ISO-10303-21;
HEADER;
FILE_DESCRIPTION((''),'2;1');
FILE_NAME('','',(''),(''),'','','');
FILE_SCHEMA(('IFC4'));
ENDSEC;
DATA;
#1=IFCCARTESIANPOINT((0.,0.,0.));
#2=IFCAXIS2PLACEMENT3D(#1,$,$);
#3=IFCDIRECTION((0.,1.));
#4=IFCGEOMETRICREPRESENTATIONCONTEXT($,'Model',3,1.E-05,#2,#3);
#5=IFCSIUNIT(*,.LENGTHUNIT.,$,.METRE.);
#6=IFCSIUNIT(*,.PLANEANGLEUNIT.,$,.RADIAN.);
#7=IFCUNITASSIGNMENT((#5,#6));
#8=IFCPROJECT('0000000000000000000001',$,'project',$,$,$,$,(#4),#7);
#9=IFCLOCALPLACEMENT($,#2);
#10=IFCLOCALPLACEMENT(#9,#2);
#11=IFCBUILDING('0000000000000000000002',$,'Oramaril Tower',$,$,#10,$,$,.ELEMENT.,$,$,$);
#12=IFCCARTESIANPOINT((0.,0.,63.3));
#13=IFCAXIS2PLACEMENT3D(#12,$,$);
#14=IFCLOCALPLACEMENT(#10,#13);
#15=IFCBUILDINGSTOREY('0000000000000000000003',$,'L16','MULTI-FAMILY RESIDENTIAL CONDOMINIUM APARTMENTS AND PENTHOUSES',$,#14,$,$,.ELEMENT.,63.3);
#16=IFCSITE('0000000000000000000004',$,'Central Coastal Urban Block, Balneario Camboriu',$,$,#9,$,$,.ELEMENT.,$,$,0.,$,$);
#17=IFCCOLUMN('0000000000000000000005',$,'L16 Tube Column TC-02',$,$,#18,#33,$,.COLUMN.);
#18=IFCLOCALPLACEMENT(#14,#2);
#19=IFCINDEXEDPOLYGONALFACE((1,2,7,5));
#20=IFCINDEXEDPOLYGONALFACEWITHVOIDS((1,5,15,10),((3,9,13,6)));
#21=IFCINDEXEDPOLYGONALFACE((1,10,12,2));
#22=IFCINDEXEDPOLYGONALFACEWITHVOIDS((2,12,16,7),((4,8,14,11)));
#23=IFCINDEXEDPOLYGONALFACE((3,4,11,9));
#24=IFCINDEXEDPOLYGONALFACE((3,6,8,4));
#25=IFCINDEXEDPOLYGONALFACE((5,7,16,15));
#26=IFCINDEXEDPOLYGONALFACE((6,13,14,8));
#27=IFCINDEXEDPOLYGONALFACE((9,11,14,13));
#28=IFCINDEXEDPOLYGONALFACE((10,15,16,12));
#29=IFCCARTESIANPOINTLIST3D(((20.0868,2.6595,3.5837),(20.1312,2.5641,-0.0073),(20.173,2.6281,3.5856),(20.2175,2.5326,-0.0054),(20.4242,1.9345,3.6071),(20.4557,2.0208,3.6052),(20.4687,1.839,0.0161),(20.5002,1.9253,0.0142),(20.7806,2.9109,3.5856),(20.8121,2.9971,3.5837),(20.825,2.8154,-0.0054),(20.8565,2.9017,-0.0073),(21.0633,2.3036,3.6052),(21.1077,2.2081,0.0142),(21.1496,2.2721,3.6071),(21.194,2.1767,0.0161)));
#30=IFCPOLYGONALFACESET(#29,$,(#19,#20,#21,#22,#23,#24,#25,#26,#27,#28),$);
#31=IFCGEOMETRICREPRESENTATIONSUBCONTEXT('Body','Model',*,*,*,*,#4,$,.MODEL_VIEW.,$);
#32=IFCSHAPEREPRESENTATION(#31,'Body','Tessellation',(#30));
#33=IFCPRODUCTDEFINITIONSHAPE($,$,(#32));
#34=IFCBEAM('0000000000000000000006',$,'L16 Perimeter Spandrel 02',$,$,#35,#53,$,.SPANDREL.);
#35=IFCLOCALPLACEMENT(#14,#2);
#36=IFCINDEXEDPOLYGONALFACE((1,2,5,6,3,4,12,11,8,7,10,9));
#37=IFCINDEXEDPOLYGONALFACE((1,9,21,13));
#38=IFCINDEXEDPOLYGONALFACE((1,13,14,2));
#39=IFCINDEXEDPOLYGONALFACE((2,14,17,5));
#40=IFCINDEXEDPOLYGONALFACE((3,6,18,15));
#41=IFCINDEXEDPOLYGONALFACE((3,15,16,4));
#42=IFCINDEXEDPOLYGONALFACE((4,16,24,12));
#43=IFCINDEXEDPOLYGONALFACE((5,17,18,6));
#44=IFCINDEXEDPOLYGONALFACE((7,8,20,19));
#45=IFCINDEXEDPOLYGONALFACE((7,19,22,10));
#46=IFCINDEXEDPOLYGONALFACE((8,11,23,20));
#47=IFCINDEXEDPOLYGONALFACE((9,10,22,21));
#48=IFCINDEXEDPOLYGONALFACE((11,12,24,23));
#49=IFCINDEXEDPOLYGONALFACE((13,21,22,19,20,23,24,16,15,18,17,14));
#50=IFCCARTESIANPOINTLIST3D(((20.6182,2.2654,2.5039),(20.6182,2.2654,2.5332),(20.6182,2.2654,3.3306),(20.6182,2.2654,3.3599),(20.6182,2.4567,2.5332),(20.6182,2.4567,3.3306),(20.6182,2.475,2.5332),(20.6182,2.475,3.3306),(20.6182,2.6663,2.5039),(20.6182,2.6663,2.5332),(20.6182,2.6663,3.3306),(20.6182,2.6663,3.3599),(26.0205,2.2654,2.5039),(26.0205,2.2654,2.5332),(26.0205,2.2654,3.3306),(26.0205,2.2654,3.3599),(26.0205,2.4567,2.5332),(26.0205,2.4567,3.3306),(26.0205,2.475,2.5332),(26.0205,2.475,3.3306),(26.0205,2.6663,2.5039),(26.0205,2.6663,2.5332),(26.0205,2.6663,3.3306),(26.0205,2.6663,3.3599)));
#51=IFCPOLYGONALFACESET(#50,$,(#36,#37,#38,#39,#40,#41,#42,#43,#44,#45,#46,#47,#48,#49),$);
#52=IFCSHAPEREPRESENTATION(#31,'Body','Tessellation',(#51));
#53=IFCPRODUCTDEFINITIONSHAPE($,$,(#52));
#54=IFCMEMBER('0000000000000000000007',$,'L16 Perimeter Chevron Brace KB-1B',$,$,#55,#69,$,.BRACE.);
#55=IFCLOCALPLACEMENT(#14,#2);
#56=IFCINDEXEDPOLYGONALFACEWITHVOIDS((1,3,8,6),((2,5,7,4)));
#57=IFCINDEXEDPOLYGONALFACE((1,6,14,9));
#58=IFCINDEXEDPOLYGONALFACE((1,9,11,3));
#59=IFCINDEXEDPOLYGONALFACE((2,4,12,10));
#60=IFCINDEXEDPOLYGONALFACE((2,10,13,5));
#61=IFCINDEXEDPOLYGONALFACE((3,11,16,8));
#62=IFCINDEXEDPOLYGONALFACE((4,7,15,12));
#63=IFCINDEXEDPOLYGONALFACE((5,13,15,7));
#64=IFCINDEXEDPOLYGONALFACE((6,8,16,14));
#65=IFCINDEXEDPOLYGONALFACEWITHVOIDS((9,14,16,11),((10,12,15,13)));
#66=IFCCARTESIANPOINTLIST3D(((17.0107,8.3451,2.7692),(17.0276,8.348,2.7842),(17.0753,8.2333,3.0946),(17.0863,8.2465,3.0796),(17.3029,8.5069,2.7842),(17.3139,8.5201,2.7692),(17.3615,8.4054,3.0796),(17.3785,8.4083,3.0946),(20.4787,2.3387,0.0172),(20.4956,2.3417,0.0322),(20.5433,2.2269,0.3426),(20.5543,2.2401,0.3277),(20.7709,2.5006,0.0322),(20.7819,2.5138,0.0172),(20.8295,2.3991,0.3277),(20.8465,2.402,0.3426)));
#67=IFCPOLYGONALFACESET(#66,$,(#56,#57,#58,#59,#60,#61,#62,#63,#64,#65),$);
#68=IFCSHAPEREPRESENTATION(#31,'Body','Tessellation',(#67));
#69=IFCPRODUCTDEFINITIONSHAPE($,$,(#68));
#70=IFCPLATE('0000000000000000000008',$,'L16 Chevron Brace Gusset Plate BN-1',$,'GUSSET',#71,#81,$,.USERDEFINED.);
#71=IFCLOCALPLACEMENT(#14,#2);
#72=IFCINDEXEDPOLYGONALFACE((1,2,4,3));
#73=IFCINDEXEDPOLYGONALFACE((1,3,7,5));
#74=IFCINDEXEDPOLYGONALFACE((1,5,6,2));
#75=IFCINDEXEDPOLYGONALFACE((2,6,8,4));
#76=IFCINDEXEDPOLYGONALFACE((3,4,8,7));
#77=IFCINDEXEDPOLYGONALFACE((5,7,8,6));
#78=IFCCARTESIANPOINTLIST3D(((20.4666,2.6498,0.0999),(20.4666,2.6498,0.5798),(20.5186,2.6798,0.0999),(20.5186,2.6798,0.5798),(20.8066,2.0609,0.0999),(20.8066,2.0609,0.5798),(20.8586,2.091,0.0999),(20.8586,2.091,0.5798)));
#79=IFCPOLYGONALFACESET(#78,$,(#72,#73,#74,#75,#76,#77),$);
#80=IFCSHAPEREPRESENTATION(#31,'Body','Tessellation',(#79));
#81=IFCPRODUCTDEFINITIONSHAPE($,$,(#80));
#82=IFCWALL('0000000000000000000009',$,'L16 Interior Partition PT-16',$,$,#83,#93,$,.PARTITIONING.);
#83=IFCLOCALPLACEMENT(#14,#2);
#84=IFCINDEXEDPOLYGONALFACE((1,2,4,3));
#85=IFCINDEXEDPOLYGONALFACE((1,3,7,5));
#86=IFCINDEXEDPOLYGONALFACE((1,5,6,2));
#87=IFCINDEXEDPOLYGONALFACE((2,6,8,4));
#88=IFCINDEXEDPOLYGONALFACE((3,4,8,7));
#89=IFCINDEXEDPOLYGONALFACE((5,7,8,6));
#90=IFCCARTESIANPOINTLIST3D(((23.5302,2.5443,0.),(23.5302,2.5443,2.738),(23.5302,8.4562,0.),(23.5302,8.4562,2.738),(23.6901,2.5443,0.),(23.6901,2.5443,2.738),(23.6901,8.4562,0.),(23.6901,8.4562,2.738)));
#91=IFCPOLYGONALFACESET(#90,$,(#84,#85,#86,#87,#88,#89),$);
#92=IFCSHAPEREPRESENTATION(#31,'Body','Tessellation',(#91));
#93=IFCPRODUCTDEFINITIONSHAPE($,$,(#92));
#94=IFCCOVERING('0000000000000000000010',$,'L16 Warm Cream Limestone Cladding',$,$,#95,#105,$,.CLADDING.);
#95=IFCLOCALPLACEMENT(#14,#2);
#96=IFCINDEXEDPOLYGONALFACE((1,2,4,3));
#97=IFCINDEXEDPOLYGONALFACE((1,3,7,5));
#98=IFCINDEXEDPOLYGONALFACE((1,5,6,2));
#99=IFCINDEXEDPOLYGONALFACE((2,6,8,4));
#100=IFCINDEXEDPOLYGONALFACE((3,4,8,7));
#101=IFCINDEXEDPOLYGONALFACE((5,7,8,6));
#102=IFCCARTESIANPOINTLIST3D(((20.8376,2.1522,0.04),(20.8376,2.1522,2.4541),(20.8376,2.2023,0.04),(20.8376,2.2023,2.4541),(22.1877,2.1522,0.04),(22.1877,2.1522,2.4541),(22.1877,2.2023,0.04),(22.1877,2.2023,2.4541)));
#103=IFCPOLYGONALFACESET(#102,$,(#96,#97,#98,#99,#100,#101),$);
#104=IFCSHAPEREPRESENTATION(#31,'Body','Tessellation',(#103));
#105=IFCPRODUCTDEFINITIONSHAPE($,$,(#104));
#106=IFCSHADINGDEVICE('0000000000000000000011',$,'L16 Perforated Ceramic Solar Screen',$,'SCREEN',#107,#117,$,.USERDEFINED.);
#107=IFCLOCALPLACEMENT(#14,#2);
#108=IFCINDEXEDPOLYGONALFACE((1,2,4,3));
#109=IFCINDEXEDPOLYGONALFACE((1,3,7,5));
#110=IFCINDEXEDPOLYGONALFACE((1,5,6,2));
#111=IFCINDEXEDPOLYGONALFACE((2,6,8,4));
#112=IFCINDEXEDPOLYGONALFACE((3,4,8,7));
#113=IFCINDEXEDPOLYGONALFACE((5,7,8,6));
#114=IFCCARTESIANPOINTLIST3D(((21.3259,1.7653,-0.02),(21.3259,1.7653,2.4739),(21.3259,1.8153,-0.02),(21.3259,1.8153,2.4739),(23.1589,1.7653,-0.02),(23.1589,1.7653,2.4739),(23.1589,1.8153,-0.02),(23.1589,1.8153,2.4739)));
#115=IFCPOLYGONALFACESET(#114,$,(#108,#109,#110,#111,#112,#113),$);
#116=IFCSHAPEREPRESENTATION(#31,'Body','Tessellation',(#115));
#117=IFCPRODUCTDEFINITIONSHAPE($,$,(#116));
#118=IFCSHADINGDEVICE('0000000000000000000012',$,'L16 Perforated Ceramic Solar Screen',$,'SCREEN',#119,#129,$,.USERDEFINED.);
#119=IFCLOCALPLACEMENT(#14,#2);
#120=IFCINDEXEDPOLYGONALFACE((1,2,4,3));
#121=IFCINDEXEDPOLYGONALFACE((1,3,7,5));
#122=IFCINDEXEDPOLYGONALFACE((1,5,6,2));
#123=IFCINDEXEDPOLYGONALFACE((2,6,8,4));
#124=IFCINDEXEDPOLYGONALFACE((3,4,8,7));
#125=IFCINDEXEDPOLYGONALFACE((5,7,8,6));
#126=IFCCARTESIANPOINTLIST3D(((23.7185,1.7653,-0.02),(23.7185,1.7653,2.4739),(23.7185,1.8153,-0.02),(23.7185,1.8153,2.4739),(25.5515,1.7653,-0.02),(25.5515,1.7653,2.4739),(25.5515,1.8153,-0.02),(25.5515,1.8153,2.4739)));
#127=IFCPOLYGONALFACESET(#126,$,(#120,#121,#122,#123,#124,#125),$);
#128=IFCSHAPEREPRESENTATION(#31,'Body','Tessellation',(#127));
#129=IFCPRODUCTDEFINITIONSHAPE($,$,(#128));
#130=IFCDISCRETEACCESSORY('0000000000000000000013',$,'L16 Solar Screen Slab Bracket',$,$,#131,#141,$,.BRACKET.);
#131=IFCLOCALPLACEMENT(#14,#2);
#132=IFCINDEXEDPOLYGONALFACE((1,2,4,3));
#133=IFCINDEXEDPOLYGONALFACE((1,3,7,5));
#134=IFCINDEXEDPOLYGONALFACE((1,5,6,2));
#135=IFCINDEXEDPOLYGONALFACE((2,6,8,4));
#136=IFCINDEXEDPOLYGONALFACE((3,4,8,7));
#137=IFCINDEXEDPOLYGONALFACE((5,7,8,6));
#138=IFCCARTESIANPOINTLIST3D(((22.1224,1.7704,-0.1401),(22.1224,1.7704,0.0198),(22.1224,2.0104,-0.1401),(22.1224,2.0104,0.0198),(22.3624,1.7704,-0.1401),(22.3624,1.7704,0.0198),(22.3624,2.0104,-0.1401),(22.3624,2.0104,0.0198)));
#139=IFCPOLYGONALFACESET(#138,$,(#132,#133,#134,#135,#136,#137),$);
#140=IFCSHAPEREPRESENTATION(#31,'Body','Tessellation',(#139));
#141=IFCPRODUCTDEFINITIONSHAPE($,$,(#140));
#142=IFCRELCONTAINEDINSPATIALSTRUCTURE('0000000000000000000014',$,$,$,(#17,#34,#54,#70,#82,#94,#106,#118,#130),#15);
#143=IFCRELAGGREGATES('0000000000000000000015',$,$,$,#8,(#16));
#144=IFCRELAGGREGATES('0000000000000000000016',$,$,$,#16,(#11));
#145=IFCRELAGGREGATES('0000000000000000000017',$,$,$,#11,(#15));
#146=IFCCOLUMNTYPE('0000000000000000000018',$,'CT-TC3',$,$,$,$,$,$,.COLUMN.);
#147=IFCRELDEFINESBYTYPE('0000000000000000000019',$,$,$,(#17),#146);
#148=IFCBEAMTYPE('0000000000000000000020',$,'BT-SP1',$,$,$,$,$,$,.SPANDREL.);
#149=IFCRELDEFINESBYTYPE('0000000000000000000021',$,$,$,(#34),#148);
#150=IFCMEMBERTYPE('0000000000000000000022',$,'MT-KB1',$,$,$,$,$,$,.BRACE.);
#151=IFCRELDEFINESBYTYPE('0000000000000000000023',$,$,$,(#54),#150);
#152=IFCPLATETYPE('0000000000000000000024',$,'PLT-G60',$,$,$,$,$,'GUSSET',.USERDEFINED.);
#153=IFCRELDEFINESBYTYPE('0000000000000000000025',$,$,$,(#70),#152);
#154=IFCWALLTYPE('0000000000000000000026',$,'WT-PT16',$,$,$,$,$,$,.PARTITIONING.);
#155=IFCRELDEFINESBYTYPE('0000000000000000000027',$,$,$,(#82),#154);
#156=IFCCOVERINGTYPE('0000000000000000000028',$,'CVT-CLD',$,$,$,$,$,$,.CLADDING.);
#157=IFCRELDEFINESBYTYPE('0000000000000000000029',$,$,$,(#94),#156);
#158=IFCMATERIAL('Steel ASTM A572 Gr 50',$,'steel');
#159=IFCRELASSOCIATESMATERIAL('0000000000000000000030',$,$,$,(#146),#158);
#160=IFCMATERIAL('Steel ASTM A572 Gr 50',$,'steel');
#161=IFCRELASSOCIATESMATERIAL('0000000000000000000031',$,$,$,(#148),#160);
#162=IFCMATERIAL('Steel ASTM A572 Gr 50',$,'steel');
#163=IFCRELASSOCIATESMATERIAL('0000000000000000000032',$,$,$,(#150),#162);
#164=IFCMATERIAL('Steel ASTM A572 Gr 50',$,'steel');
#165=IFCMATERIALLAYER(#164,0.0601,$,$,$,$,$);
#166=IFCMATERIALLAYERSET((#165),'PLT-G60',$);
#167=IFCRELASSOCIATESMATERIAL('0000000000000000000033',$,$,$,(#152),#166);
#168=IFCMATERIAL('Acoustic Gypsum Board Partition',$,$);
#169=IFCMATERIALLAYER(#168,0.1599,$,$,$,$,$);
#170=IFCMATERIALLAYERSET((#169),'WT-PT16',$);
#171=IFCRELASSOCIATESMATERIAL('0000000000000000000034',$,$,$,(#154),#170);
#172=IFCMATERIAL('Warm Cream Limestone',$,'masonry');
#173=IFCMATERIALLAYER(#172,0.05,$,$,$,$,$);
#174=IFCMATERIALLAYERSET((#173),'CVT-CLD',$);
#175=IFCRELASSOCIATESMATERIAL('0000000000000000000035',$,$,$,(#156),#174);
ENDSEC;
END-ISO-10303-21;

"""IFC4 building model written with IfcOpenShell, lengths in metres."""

from ifc_helpers import new_model, si_unit, direction, frame, frame_2d, origin, origin_2d, place, context, subcontext, project, spatial, rectangle, hollow_rectangle, i_section, extrude, material, layer, layer_set, material_profile, profile_set, type_object, element, save


model = new_model("IFC4")

# Units and contexts
model_context = context("Model", 3, precision=1e-05, world=origin(), true_north=direction((0.0, 1.0)))
body_context = subcontext(model_context, "Body", "Model", "MODEL_VIEW")
ifc_project = project(units=[si_unit("LENGTHUNIT", "METRE"), si_unit("PLANEANGLEUNIT", "RADIAN")], contexts=[model_context])

# Site, building, storey
site_placement = place(None, origin())
site = spatial("IfcSite", under=ifc_project, at=site_placement, Name="Central Coastal Urban Block, Balneario Camboriu", CompositionType="ELEMENT", RefElevation=0.0)
building_placement = place(site_placement, origin())
building = spatial("IfcBuilding", under=site, at=building_placement, Name="Oramaril Tower", CompositionType="ELEMENT")
storey_placement = place(building_placement, frame((0.0, 0.0, 63.3)))
storey = spatial("IfcBuildingStorey", under=building, at=storey_placement, Name="L16", Description="MULTI-FAMILY RESIDENTIAL CONDOMINIUM APARTMENTS AND PENTHOUSES", CompositionType="ELEMENT", Elevation=63.3)

# Column
ifc_material_1 = material(Name="Steel ASTM A572 Gr 50", Category="steel")
ifc_material_profile_1 = material_profile(ifc_material_1, hollow_rectangle(XDim=0.8, YDim=0.8, WallThickness=0.0649, at=origin_2d()), Name="BOX800X800X65")
ifc_profile_set_1 = profile_set([ifc_material_profile_1], Name="Steel ASTM A572 Gr 50")
column_type = type_object("IfcColumnType", Name="CT-TC3", PredefinedType="COLUMN", material=ifc_profile_set_1)
column_placement = place(storey_placement, frame((20.6626, 2.3704, 0.0044), z_axis=(-0.012368, 0.026571, 0.99957), x_axis=(-0.906597, -0.421997, 0.0)))
element("IfcColumn", 1, at=column_placement, inside=storey, type_object=column_type, Name="L16 Tube Column TC-02", PredefinedType="COLUMN", context=body_context, shape_type="SweptSolid", body=[
    extrude(hollow_rectangle(XDim=0.8, YDim=0.8, WallThickness=0.0649, at=origin_2d()), origin(), (0.0, 0.0, 1.0), 3.5925),
])

# Beam
ifc_material_2 = material(Name="Steel ASTM A572 Gr 50", Category="steel")
ifc_material_profile_2 = material_profile(ifc_material_2, i_section(OverallWidth=0.4009, OverallDepth=0.856, WebThickness=0.0183, FlangeThickness=0.0293, at=origin_2d()), Name="W33X201")
ifc_profile_set_2 = profile_set([ifc_material_profile_2], Name="Steel ASTM A572 Gr 50")
beam_type = type_object("IfcBeamType", Name="BT-SP1", PredefinedType="SPANDREL", material=ifc_profile_set_2)
beam_placement = place(storey_placement, frame((20.6182, 2.4658, 2.9319), z_axis=(1.0, 0.0, 0.0), x_axis=(0.0, 1.0, 0.0)))
element("IfcBeam", 2, at=beam_placement, inside=storey, type_object=beam_type, Name="L16 Perimeter Spandrel 02", PredefinedType="SPANDREL", context=body_context, shape_type="SweptSolid", body=[
    extrude(i_section(OverallWidth=0.4009, OverallDepth=0.856, WebThickness=0.0183, FlangeThickness=0.0293, at=origin_2d()), origin(), (0.0, 0.0, 1.0), 5.4023),
])

# Member
ifc_material_3 = material(Name="Steel ASTM A572 Gr 50", Category="steel")
ifc_material_profile_3 = material_profile(ifc_material_3, hollow_rectangle(XDim=0.3501, YDim=0.3501, WallThickness=0.0161, at=origin_2d()), Name="HSS350X350X16")
ifc_profile_set_3 = profile_set([ifc_material_profile_3], Name="Steel ASTM A572 Gr 50")
member_type = type_object("IfcMemberType", Name="MT-KB1", PredefinedType="BRACE", material=ifc_profile_set_3)
member_placement = place(storey_placement, frame((20.6626, 2.3704, 0.1799), z_axis=(-0.464777, 0.80496, 0.368812), x_axis=(-0.86601, -0.500027, 0.0)))
element("IfcMember", 3, at=member_placement, inside=storey, type_object=member_type, Name="L16 Perimeter Chevron Brace KB-1B", PredefinedType="BRACE", context=body_context, shape_type="SweptSolid", body=[
    extrude(hollow_rectangle(XDim=0.3501, YDim=0.3501, WallThickness=0.0161, at=origin_2d()), origin(), (0.0, 0.0, 1.0), 7.4617),
])

# Plate
ifc_material_4 = material(Name="Steel ASTM A572 Gr 50", Category="steel")
ifc_layer_1 = layer(ifc_material_4, 0.0601)
ifc_layer_set_1 = layer_set([ifc_layer_1], Name="PLT-G60")
plate_type = type_object("IfcPlateType", Name="PLT-G60", ElementType="GUSSET", PredefinedType="USERDEFINED", material=ifc_layer_set_1)
plate_placement = place(storey_placement, frame((20.6626, 2.3704, 0.0999), z_axis=(0.0, 0.0, 1.0), x_axis=(0.500003, -0.866024, 0.0)))
element("IfcPlate", 4, at=plate_placement, inside=storey, type_object=plate_type, Name="L16 Chevron Brace Gusset Plate BN-1", ObjectType="GUSSET", PredefinedType="USERDEFINED", context=body_context, shape_type="SweptSolid", body=[
    extrude(rectangle(XDim=0.6799, YDim=0.0601, at=origin_2d()), origin(), (0.0, 0.0, 1.0), 0.48),
])

# Wall
ifc_material_5 = material(Name="Acoustic Gypsum Board Partition")
ifc_layer_2 = layer(ifc_material_5, 0.1599)
ifc_layer_set_2 = layer_set([ifc_layer_2], Name="WT-PT16")
wall_type_1 = type_object("IfcWallType", Name="WT-PT16", PredefinedType="PARTITIONING", material=ifc_layer_set_2)
wall_1_placement = place(storey_placement, frame((23.6101, 2.5442, 0.0), z_axis=(0.0, 0.0, 1.0), x_axis=(0.0, 1.0, 0.0)))
element("IfcWall", 5, at=wall_1_placement, inside=storey, type_object=wall_type_1, Name="L16 Interior Partition PT-16", PredefinedType="PARTITIONING", context=body_context, shape_type="SweptSolid", body=[
    extrude(rectangle(XDim=5.9119, YDim=0.1599, at=frame_2d((2.9561, 0.0))), origin(), (0.0, 0.0, 1.0), 2.738),
])

# Covering
ifc_material_6 = material(Name="Warm Cream Limestone", Category="masonry")
ifc_layer_3 = layer(ifc_material_6, 0.05)
ifc_layer_set_3 = layer_set([ifc_layer_3], Name="CVT-CLD")
covering_type = type_object("IfcCoveringType", Name="CVT-CLD", PredefinedType="CLADDING", material=ifc_layer_set_3)
covering_placement = place(storey_placement, frame((21.5127, 2.1772, 0.04), z_axis=(0.0, 0.0, 1.0), x_axis=(1.0, 0.0, 0.0)))
element("IfcCovering", 6, at=covering_placement, inside=storey, type_object=covering_type, Name="L16 Warm Cream Limestone Cladding", PredefinedType="CLADDING", context=body_context, shape_type="SweptSolid", body=[
    extrude(rectangle(XDim=1.3501, YDim=0.05, at=origin_2d()), origin(), (0.0, 0.0, 1.0), 2.4141),
])

# Shading devices
for number, where, z_axis, x_axis, name in (
    (7, (22.2424, 1.7903, -0.02), (0.0, 0.0, 1.0), (1.0, 0.0, 0.0), "L16 Perforated Ceramic Solar Screen"),
    (8, (24.635, 1.7903, -0.02), (0.0, 0.0, 1.0), (1.0, 0.0, 0.0), "L16 Perforated Ceramic Solar Screen"),
):
    element("IfcShadingDevice", number, at=place(storey_placement, frame(where, z_axis=z_axis, x_axis=x_axis)), inside=storey, Name=name, ObjectType="SCREEN", PredefinedType="USERDEFINED", context=body_context, shape_type="SweptSolid", body=[
        extrude(rectangle(XDim=1.833, YDim=0.05, at=origin_2d()), origin(), (0.0, 0.0, 1.0), 2.4939),
    ])

# Discrete accessory
discrete_accessory_placement = place(storey_placement, frame((22.2424, 1.8904, -0.1401), z_axis=(0.0, 0.0, 1.0), x_axis=(1.0, 0.0, 0.0)))
element("IfcDiscreteAccessory", 9, at=discrete_accessory_placement, inside=storey, Name="L16 Solar Screen Slab Bracket", PredefinedType="BRACKET", context=body_context, shape_type="SweptSolid", body=[
    extrude(rectangle(XDim=0.24, YDim=0.24, at=origin_2d()), origin(), (0.0, 0.0, 1.0), 0.1599),
])

save(model, "model.ifc")
